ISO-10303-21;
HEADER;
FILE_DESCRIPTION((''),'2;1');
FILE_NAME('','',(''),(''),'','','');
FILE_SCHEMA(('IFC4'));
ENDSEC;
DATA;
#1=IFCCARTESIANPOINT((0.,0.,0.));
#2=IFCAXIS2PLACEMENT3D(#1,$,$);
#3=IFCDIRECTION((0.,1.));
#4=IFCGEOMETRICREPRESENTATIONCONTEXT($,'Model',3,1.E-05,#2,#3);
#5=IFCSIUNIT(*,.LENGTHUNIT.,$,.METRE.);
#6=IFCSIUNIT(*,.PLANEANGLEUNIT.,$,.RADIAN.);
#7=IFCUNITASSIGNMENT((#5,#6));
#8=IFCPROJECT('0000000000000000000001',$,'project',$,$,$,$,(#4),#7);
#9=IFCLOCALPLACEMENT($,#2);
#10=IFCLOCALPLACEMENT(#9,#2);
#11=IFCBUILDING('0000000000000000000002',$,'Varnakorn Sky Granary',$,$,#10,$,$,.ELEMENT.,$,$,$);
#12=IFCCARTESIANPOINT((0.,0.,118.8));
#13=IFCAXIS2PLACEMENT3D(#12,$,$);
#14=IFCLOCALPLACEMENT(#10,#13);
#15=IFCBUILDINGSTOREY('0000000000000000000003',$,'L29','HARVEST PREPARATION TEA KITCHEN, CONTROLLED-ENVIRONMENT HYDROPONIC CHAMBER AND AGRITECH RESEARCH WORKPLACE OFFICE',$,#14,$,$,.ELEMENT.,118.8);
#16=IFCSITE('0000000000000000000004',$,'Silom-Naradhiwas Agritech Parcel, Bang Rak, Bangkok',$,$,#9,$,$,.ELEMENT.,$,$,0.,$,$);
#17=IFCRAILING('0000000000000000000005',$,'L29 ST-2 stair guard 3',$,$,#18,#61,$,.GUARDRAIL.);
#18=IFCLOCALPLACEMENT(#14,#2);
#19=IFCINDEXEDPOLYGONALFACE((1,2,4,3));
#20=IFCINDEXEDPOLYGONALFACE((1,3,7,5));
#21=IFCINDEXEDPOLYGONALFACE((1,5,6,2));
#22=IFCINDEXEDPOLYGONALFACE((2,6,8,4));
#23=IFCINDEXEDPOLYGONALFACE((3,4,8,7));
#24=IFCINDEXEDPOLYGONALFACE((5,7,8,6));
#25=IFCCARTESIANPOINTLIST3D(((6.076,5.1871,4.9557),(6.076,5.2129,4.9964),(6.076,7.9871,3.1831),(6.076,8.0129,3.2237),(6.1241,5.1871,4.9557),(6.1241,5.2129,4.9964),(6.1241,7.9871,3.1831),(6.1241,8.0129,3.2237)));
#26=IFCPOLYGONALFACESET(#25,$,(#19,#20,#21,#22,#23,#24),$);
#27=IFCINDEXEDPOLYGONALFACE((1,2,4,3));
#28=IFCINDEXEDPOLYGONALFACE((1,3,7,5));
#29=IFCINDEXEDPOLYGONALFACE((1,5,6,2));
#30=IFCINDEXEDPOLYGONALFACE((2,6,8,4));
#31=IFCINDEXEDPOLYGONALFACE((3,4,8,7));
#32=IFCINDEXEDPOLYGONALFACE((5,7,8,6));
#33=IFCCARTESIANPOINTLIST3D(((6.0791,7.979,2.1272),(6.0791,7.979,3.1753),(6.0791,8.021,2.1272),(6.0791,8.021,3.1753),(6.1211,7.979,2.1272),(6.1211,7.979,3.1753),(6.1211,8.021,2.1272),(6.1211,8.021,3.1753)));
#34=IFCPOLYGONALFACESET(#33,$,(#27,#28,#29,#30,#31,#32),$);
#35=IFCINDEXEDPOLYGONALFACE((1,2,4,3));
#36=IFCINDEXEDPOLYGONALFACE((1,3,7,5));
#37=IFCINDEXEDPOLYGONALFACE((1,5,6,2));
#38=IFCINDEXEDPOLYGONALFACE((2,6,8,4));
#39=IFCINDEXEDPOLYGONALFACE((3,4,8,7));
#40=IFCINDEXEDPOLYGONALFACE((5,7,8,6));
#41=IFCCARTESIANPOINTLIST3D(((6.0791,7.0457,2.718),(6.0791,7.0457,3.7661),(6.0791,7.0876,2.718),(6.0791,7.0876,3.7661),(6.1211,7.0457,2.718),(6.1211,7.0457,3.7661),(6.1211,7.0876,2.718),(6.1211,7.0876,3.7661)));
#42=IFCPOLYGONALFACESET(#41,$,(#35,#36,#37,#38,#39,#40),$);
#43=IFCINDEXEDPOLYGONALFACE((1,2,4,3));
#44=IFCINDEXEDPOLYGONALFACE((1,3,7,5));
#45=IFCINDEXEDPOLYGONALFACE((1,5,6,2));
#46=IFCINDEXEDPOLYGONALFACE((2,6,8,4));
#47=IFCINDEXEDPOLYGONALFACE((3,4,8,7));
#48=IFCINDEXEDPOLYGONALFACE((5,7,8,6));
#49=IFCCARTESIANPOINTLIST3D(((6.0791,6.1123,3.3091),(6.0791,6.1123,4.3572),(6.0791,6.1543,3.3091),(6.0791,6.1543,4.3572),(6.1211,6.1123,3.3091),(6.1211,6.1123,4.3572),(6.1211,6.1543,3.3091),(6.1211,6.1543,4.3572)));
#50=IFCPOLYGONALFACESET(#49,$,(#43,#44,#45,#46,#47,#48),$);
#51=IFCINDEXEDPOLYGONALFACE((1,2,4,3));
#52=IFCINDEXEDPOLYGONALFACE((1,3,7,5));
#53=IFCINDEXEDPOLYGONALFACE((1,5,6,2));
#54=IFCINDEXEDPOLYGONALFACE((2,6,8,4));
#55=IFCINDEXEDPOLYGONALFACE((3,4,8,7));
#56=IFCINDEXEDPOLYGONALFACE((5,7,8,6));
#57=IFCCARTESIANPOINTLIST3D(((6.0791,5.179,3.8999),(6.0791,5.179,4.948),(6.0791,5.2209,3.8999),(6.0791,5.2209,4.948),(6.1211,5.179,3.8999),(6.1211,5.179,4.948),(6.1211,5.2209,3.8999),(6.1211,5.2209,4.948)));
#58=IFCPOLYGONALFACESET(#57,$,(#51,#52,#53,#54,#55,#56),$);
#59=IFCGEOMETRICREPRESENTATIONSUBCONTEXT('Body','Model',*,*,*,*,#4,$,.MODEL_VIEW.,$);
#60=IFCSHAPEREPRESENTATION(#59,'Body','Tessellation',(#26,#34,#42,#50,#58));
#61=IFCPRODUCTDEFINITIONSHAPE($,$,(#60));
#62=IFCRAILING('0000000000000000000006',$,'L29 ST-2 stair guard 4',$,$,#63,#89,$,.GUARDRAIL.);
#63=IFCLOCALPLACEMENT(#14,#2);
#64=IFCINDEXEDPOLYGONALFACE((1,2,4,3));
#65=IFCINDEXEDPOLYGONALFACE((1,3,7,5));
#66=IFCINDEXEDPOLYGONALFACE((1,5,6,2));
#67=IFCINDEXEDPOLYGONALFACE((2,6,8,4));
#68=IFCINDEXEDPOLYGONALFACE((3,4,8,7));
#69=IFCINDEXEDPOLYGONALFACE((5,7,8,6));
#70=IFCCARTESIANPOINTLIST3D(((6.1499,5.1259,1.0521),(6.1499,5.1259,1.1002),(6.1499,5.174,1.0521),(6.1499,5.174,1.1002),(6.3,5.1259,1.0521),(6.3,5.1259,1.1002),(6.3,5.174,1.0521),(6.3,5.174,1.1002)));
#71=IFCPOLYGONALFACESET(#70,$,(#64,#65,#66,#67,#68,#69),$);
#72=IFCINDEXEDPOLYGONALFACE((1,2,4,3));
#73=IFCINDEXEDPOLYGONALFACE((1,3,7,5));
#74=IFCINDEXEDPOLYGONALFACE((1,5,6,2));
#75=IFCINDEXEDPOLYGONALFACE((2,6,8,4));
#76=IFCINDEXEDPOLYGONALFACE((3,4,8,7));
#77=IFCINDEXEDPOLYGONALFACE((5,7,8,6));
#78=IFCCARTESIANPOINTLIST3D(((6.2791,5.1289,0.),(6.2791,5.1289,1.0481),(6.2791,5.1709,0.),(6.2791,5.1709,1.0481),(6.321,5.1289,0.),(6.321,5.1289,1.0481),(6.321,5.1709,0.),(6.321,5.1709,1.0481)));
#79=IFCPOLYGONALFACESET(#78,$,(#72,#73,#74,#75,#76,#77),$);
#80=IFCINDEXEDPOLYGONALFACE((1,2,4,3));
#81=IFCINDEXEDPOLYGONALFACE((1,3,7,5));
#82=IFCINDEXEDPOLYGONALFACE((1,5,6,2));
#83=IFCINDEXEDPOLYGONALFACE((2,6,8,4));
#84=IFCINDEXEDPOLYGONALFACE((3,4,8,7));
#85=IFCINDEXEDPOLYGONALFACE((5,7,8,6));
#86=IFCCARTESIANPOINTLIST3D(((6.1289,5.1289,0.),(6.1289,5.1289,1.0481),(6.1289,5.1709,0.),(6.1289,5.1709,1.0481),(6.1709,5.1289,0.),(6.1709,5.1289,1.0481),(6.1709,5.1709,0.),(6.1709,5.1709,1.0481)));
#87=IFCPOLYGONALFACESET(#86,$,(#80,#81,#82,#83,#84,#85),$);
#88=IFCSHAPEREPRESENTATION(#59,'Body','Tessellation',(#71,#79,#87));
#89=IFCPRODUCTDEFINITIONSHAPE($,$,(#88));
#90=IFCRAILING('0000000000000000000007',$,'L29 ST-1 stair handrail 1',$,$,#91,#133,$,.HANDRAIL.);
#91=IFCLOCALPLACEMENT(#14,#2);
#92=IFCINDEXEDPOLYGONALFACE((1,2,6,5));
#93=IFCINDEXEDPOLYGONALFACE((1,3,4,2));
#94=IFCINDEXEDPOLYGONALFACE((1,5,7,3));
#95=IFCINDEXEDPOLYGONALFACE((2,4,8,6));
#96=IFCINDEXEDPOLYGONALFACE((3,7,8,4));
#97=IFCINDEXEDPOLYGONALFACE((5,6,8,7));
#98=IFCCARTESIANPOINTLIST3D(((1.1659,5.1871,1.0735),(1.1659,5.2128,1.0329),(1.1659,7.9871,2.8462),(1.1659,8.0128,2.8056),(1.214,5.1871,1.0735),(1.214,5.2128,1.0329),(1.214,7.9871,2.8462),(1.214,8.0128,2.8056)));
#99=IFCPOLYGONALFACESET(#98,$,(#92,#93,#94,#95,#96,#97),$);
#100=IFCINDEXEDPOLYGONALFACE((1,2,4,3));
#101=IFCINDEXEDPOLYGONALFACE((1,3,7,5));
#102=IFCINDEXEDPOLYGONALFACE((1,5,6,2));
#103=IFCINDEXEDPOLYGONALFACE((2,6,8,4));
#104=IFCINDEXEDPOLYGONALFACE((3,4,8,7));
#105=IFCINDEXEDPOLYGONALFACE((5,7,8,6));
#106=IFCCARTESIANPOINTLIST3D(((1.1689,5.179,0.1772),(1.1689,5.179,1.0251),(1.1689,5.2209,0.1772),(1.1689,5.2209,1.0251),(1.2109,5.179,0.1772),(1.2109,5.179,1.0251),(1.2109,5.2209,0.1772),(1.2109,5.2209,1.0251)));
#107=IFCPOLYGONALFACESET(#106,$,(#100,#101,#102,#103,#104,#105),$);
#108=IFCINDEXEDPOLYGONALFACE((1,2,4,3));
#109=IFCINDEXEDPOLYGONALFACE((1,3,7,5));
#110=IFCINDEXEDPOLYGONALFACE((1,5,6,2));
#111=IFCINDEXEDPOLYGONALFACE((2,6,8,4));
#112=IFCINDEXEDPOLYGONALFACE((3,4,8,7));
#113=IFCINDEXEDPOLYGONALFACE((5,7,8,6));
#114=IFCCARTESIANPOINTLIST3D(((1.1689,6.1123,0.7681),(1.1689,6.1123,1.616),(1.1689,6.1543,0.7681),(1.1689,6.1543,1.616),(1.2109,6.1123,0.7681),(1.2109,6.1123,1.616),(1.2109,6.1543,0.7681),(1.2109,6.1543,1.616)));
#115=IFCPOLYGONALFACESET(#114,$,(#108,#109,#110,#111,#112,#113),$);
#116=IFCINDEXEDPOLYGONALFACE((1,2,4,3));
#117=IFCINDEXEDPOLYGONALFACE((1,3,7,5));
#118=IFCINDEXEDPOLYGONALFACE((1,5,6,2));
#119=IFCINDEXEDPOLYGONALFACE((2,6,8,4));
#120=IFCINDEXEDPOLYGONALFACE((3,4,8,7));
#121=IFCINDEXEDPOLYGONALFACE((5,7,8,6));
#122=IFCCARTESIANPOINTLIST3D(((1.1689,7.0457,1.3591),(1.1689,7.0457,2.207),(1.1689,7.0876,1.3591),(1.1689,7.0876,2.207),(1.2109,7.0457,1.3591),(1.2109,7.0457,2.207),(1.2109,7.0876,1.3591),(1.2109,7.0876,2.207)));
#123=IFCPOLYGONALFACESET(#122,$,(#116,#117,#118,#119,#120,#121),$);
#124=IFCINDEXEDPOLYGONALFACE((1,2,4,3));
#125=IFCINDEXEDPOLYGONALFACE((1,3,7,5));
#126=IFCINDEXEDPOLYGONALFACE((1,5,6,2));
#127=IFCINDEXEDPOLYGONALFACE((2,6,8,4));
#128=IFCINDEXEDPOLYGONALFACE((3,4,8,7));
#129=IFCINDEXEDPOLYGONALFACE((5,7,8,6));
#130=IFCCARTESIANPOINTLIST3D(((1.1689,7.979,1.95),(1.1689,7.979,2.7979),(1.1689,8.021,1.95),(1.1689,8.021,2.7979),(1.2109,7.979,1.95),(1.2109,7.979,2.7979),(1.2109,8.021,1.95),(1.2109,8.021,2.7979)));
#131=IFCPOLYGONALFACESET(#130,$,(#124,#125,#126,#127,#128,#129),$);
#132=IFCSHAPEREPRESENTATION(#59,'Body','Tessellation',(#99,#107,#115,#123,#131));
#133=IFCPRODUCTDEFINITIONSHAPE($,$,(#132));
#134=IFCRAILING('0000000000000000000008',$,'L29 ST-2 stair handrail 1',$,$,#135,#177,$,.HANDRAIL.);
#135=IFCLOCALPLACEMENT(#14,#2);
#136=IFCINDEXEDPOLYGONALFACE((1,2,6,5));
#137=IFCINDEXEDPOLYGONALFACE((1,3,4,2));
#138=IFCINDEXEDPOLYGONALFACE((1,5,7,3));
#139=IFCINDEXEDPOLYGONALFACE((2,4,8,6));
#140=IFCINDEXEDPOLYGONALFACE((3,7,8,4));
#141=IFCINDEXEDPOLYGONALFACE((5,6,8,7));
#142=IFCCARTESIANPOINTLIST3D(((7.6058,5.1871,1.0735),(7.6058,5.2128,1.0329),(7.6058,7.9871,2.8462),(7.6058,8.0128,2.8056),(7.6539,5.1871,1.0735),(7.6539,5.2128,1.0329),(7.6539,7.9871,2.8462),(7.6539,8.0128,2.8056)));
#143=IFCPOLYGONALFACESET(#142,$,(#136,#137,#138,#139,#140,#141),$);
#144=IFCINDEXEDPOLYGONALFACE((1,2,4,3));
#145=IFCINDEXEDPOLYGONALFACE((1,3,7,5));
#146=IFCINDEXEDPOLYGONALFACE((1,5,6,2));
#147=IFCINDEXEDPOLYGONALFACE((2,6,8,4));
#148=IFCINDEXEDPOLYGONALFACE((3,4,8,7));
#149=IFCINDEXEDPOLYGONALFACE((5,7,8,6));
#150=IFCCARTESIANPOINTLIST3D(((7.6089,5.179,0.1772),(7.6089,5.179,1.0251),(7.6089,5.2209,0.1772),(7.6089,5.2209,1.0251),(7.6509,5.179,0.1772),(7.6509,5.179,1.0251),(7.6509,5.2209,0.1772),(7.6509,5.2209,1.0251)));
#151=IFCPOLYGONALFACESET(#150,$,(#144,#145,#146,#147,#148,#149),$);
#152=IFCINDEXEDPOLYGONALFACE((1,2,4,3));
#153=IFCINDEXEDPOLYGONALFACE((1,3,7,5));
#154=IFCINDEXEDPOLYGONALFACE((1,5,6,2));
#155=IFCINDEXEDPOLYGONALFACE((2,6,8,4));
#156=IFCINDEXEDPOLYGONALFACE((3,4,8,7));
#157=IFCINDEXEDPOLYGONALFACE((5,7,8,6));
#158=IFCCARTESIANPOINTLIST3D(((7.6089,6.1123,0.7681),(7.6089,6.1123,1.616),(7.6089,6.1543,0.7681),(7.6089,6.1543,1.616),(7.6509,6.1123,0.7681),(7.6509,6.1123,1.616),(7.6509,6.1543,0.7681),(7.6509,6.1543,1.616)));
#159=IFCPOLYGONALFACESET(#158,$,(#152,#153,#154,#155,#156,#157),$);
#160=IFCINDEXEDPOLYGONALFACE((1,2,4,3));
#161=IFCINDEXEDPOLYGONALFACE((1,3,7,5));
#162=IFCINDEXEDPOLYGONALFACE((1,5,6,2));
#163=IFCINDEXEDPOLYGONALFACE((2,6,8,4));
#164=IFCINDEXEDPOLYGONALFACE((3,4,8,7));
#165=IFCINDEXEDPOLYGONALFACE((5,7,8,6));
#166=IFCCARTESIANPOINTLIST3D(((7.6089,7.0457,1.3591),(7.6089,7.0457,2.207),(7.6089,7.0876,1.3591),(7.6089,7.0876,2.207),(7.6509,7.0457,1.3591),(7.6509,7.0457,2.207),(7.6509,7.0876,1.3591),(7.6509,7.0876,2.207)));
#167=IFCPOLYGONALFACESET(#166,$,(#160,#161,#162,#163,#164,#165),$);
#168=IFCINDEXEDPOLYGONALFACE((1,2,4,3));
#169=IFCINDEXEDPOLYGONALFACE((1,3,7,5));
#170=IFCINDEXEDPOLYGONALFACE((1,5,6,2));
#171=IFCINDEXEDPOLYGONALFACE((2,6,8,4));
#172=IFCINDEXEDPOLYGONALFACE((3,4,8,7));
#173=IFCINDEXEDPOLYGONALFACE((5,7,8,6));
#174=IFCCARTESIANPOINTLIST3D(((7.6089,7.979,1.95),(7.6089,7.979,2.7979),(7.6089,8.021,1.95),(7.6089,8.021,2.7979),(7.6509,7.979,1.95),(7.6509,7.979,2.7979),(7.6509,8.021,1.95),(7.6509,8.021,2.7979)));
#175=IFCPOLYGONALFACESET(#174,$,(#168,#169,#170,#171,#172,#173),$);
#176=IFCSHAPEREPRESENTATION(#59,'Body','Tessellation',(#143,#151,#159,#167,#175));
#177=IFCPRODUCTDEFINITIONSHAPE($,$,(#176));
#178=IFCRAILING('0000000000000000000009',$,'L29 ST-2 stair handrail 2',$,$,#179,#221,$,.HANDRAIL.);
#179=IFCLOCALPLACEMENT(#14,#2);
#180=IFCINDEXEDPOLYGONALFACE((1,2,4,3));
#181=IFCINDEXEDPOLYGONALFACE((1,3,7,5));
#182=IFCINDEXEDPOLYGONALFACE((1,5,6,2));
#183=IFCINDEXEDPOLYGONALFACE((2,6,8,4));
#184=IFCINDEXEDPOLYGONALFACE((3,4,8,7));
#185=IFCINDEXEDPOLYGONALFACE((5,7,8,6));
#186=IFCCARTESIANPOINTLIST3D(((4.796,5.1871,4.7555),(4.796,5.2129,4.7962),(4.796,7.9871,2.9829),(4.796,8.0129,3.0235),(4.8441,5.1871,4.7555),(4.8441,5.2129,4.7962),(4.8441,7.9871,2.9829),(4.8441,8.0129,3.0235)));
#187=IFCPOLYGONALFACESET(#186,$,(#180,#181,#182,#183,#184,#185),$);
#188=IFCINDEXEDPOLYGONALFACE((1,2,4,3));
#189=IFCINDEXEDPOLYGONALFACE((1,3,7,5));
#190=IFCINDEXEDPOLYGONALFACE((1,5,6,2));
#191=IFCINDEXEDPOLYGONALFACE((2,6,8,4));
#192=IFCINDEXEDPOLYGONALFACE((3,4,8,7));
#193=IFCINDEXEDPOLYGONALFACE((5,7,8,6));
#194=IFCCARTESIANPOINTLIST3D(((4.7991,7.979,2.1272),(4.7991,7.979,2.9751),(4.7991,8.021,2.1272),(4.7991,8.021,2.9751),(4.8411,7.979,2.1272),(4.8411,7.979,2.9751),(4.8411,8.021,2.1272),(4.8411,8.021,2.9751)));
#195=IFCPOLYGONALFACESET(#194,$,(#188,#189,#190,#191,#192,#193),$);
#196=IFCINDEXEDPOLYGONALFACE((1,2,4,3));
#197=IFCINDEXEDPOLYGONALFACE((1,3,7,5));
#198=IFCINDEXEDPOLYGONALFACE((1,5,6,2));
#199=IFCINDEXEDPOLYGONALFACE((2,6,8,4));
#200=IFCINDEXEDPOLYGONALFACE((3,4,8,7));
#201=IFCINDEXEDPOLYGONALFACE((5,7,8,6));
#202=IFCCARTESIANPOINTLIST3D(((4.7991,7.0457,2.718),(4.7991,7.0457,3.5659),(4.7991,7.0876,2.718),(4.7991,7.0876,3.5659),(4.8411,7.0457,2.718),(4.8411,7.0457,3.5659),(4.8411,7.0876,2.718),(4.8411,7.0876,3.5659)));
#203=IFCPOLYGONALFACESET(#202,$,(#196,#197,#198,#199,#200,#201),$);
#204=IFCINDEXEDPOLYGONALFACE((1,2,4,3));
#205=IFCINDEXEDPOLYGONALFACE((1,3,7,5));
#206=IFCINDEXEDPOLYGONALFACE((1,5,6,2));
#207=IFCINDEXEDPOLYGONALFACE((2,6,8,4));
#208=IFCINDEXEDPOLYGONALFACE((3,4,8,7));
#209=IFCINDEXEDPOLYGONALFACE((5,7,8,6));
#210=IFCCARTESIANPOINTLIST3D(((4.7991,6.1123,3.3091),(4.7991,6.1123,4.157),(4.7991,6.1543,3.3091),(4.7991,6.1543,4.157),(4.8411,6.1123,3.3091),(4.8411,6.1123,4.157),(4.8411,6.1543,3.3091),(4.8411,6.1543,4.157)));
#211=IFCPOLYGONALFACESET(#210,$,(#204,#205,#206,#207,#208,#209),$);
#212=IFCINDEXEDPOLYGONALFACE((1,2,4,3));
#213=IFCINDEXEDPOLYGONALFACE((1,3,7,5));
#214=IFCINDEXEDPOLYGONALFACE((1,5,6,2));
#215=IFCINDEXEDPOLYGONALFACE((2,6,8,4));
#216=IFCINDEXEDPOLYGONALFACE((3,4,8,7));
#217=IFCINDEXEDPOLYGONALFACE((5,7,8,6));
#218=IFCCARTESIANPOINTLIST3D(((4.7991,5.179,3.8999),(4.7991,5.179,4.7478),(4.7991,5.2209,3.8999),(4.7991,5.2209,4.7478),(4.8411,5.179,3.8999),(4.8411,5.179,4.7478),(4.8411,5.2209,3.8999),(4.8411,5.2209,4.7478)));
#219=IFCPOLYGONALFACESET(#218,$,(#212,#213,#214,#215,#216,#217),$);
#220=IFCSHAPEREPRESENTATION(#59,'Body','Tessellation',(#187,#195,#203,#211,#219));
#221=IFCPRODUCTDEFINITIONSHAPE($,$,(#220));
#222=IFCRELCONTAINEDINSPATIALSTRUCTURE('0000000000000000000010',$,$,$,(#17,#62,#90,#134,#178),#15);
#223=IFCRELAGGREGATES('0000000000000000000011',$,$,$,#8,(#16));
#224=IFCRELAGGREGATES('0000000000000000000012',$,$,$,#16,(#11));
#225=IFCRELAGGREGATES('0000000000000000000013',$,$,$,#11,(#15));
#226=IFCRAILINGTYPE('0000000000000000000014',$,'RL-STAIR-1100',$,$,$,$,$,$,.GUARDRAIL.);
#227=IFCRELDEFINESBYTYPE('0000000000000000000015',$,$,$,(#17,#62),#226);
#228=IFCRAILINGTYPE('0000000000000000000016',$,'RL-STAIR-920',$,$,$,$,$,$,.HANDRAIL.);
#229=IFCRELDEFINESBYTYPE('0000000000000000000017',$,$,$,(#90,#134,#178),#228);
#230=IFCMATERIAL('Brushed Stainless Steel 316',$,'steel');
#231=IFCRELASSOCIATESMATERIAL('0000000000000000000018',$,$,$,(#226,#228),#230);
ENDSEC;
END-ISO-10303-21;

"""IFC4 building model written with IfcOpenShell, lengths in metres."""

from ifc_helpers import new_model, si_unit, direction, frame, origin, origin_2d, place, context, subcontext, project, spatial, rectangle, extrude, material, type_object, element, save


model = new_model("IFC4")

# Units and contexts
model_context = context("Model", 3, precision=1e-05, world=origin(), true_north=direction((0.0, 1.0)))
body_context = subcontext(model_context, "Body", "Model", "MODEL_VIEW")
ifc_project = project(units=[si_unit("LENGTHUNIT", "METRE"), si_unit("PLANEANGLEUNIT", "RADIAN")], contexts=[model_context])

# Site, building, storey
site_placement = place(None, origin())
site = spatial("IfcSite", under=ifc_project, at=site_placement, Name="Silom-Naradhiwas Agritech Parcel, Bang Rak, Bangkok", CompositionType="ELEMENT", RefElevation=0.0)
building_placement = place(site_placement, origin())
building = spatial("IfcBuilding", under=site, at=building_placement, Name="Varnakorn Sky Granary", CompositionType="ELEMENT")
storey_placement = place(building_placement, frame((0.0, 0.0, 118.8)))
storey = spatial("IfcBuildingStorey", under=building, at=storey_placement, Name="L29", Description="HARVEST PREPARATION TEA KITCHEN, CONTROLLED-ENVIRONMENT HYDROPONIC CHAMBER AND AGRITECH RESEARCH WORKPLACE OFFICE", CompositionType="ELEMENT", Elevation=118.8)

# Railings
ifc_material_1 = material(Name="Brushed Stainless Steel 316", Category="steel")
railing_type_1 = type_object("IfcRailingType", Name="RL-STAIR-1100", PredefinedType="GUARDRAIL", material=ifc_material_1)
railing_1_placement = place(storey_placement, frame((6.1001, 8.0, 2.1272)))
element("IfcRailing", 1, at=railing_1_placement, inside=storey, type_object=railing_type_1, Name="L29 ST-2 stair guard 3", PredefinedType="GUARDRAIL", context=body_context, shape_type="SweptSolid", body=[
    extrude(rectangle(XDim=0.0481, YDim=0.0481, at=origin_2d()), frame((0.0, 0.0, 1.0762), z_axis=(0.0, -0.844909, 0.53491), x_axis=(1.0, 0.0, 0.0)), (0.0, 0.0, 1.0), 3.314),
    extrude(rectangle(XDim=0.042, YDim=0.042, at=origin_2d()), origin(), (0.0, 0.0, 1.0), 1.0481),
    extrude(rectangle(XDim=0.042, YDim=0.042, at=origin_2d()), frame((0.0, -0.9333, 0.5908)), (0.0, 0.0, 1.0), 1.0481),
    extrude(rectangle(XDim=0.042, YDim=0.042, at=origin_2d()), frame((0.0, -1.8667, 1.1819)), (0.0, 0.0, 1.0), 1.0481),
    extrude(rectangle(XDim=0.042, YDim=0.042, at=origin_2d()), frame((0.0, -2.8, 1.7727)), (0.0, 0.0, 1.0), 1.0481),
])
railing_2_placement = place(storey_placement, frame((6.3, 5.1499, 0.0)))
element("IfcRailing", 2, at=railing_2_placement, inside=storey, type_object=railing_type_1, Name="L29 ST-2 stair guard 4", PredefinedType="GUARDRAIL", context=body_context, shape_type="SweptSolid", body=[
    extrude(rectangle(XDim=0.0481, YDim=0.0481, at=origin_2d()), frame((0.0, 0.0, 1.0762), z_axis=(-1.0, 0.0, 0.0), x_axis=(0.0, -1.0, 0.0)), (0.0, 0.0, 1.0), 0.1501),
    extrude(rectangle(XDim=0.042, YDim=0.042, at=origin_2d()), origin(), (0.0, 0.0, 1.0), 1.0481),
    extrude(rectangle(XDim=0.042, YDim=0.042, at=origin_2d()), frame((-0.1501, 0.0, 0.0)), (0.0, 0.0, 1.0), 1.0481),
])
railing_type_2 = type_object("IfcRailingType", Name="RL-STAIR-920", PredefinedType="HANDRAIL", material=ifc_material_1)
for number, where, name in (
    (3, (1.1899, 5.2, 0.1772), "L29 ST-1 stair handrail 1"),
    (4, (7.6299, 5.2, 0.1772), "L29 ST-2 stair handrail 1"),
):
    element("IfcRailing", number, at=place(storey_placement, frame(where)), inside=storey, type_object=railing_type_2, Name=name, PredefinedType="HANDRAIL", context=body_context, shape_type="SweptSolid", body=[
        extrude(rectangle(XDim=0.0481, YDim=0.0481, at=origin_2d()), frame((0.0, 0.0, 0.876), z_axis=(0.0, 0.844909, 0.53491), x_axis=(-1.0, 0.0, 0.0)), (0.0, 0.0, 1.0), 3.314),
        extrude(rectangle(XDim=0.042, YDim=0.042, at=origin_2d()), origin(), (0.0, 0.0, 1.0), 0.8479),
        extrude(rectangle(XDim=0.042, YDim=0.042, at=origin_2d()), frame((0.0, 0.9333, 0.5908)), (0.0, 0.0, 1.0), 0.8479),
        extrude(rectangle(XDim=0.042, YDim=0.042, at=origin_2d()), frame((0.0, 1.8667, 1.1819)), (0.0, 0.0, 1.0), 0.8479),
        extrude(rectangle(XDim=0.042, YDim=0.042, at=origin_2d()), frame((0.0, 2.8, 1.7727)), (0.0, 0.0, 1.0), 0.8479),
    ])
railing_3_placement = place(storey_placement, frame((4.8201, 8.0, 2.1272)))
element("IfcRailing", 5, at=railing_3_placement, inside=storey, type_object=railing_type_2, Name="L29 ST-2 stair handrail 2", PredefinedType="HANDRAIL", context=body_context, shape_type="SweptSolid", body=[
    extrude(rectangle(XDim=0.0481, YDim=0.0481, at=origin_2d()), frame((0.0, 0.0, 0.876), z_axis=(0.0, -0.844909, 0.53491), x_axis=(1.0, 0.0, 0.0)), (0.0, 0.0, 1.0), 3.314),
    extrude(rectangle(XDim=0.042, YDim=0.042, at=origin_2d()), origin(), (0.0, 0.0, 1.0), 0.8479),
    extrude(rectangle(XDim=0.042, YDim=0.042, at=origin_2d()), frame((0.0, -0.9333, 0.5908)), (0.0, 0.0, 1.0), 0.8479),
    extrude(rectangle(XDim=0.042, YDim=0.042, at=origin_2d()), frame((0.0, -1.8667, 1.1819)), (0.0, 0.0, 1.0), 0.8479),
    extrude(rectangle(XDim=0.042, YDim=0.042, at=origin_2d()), frame((0.0, -2.8, 1.7727)), (0.0, 0.0, 1.0), 0.8479),
])

save(model, "model.ifc")
